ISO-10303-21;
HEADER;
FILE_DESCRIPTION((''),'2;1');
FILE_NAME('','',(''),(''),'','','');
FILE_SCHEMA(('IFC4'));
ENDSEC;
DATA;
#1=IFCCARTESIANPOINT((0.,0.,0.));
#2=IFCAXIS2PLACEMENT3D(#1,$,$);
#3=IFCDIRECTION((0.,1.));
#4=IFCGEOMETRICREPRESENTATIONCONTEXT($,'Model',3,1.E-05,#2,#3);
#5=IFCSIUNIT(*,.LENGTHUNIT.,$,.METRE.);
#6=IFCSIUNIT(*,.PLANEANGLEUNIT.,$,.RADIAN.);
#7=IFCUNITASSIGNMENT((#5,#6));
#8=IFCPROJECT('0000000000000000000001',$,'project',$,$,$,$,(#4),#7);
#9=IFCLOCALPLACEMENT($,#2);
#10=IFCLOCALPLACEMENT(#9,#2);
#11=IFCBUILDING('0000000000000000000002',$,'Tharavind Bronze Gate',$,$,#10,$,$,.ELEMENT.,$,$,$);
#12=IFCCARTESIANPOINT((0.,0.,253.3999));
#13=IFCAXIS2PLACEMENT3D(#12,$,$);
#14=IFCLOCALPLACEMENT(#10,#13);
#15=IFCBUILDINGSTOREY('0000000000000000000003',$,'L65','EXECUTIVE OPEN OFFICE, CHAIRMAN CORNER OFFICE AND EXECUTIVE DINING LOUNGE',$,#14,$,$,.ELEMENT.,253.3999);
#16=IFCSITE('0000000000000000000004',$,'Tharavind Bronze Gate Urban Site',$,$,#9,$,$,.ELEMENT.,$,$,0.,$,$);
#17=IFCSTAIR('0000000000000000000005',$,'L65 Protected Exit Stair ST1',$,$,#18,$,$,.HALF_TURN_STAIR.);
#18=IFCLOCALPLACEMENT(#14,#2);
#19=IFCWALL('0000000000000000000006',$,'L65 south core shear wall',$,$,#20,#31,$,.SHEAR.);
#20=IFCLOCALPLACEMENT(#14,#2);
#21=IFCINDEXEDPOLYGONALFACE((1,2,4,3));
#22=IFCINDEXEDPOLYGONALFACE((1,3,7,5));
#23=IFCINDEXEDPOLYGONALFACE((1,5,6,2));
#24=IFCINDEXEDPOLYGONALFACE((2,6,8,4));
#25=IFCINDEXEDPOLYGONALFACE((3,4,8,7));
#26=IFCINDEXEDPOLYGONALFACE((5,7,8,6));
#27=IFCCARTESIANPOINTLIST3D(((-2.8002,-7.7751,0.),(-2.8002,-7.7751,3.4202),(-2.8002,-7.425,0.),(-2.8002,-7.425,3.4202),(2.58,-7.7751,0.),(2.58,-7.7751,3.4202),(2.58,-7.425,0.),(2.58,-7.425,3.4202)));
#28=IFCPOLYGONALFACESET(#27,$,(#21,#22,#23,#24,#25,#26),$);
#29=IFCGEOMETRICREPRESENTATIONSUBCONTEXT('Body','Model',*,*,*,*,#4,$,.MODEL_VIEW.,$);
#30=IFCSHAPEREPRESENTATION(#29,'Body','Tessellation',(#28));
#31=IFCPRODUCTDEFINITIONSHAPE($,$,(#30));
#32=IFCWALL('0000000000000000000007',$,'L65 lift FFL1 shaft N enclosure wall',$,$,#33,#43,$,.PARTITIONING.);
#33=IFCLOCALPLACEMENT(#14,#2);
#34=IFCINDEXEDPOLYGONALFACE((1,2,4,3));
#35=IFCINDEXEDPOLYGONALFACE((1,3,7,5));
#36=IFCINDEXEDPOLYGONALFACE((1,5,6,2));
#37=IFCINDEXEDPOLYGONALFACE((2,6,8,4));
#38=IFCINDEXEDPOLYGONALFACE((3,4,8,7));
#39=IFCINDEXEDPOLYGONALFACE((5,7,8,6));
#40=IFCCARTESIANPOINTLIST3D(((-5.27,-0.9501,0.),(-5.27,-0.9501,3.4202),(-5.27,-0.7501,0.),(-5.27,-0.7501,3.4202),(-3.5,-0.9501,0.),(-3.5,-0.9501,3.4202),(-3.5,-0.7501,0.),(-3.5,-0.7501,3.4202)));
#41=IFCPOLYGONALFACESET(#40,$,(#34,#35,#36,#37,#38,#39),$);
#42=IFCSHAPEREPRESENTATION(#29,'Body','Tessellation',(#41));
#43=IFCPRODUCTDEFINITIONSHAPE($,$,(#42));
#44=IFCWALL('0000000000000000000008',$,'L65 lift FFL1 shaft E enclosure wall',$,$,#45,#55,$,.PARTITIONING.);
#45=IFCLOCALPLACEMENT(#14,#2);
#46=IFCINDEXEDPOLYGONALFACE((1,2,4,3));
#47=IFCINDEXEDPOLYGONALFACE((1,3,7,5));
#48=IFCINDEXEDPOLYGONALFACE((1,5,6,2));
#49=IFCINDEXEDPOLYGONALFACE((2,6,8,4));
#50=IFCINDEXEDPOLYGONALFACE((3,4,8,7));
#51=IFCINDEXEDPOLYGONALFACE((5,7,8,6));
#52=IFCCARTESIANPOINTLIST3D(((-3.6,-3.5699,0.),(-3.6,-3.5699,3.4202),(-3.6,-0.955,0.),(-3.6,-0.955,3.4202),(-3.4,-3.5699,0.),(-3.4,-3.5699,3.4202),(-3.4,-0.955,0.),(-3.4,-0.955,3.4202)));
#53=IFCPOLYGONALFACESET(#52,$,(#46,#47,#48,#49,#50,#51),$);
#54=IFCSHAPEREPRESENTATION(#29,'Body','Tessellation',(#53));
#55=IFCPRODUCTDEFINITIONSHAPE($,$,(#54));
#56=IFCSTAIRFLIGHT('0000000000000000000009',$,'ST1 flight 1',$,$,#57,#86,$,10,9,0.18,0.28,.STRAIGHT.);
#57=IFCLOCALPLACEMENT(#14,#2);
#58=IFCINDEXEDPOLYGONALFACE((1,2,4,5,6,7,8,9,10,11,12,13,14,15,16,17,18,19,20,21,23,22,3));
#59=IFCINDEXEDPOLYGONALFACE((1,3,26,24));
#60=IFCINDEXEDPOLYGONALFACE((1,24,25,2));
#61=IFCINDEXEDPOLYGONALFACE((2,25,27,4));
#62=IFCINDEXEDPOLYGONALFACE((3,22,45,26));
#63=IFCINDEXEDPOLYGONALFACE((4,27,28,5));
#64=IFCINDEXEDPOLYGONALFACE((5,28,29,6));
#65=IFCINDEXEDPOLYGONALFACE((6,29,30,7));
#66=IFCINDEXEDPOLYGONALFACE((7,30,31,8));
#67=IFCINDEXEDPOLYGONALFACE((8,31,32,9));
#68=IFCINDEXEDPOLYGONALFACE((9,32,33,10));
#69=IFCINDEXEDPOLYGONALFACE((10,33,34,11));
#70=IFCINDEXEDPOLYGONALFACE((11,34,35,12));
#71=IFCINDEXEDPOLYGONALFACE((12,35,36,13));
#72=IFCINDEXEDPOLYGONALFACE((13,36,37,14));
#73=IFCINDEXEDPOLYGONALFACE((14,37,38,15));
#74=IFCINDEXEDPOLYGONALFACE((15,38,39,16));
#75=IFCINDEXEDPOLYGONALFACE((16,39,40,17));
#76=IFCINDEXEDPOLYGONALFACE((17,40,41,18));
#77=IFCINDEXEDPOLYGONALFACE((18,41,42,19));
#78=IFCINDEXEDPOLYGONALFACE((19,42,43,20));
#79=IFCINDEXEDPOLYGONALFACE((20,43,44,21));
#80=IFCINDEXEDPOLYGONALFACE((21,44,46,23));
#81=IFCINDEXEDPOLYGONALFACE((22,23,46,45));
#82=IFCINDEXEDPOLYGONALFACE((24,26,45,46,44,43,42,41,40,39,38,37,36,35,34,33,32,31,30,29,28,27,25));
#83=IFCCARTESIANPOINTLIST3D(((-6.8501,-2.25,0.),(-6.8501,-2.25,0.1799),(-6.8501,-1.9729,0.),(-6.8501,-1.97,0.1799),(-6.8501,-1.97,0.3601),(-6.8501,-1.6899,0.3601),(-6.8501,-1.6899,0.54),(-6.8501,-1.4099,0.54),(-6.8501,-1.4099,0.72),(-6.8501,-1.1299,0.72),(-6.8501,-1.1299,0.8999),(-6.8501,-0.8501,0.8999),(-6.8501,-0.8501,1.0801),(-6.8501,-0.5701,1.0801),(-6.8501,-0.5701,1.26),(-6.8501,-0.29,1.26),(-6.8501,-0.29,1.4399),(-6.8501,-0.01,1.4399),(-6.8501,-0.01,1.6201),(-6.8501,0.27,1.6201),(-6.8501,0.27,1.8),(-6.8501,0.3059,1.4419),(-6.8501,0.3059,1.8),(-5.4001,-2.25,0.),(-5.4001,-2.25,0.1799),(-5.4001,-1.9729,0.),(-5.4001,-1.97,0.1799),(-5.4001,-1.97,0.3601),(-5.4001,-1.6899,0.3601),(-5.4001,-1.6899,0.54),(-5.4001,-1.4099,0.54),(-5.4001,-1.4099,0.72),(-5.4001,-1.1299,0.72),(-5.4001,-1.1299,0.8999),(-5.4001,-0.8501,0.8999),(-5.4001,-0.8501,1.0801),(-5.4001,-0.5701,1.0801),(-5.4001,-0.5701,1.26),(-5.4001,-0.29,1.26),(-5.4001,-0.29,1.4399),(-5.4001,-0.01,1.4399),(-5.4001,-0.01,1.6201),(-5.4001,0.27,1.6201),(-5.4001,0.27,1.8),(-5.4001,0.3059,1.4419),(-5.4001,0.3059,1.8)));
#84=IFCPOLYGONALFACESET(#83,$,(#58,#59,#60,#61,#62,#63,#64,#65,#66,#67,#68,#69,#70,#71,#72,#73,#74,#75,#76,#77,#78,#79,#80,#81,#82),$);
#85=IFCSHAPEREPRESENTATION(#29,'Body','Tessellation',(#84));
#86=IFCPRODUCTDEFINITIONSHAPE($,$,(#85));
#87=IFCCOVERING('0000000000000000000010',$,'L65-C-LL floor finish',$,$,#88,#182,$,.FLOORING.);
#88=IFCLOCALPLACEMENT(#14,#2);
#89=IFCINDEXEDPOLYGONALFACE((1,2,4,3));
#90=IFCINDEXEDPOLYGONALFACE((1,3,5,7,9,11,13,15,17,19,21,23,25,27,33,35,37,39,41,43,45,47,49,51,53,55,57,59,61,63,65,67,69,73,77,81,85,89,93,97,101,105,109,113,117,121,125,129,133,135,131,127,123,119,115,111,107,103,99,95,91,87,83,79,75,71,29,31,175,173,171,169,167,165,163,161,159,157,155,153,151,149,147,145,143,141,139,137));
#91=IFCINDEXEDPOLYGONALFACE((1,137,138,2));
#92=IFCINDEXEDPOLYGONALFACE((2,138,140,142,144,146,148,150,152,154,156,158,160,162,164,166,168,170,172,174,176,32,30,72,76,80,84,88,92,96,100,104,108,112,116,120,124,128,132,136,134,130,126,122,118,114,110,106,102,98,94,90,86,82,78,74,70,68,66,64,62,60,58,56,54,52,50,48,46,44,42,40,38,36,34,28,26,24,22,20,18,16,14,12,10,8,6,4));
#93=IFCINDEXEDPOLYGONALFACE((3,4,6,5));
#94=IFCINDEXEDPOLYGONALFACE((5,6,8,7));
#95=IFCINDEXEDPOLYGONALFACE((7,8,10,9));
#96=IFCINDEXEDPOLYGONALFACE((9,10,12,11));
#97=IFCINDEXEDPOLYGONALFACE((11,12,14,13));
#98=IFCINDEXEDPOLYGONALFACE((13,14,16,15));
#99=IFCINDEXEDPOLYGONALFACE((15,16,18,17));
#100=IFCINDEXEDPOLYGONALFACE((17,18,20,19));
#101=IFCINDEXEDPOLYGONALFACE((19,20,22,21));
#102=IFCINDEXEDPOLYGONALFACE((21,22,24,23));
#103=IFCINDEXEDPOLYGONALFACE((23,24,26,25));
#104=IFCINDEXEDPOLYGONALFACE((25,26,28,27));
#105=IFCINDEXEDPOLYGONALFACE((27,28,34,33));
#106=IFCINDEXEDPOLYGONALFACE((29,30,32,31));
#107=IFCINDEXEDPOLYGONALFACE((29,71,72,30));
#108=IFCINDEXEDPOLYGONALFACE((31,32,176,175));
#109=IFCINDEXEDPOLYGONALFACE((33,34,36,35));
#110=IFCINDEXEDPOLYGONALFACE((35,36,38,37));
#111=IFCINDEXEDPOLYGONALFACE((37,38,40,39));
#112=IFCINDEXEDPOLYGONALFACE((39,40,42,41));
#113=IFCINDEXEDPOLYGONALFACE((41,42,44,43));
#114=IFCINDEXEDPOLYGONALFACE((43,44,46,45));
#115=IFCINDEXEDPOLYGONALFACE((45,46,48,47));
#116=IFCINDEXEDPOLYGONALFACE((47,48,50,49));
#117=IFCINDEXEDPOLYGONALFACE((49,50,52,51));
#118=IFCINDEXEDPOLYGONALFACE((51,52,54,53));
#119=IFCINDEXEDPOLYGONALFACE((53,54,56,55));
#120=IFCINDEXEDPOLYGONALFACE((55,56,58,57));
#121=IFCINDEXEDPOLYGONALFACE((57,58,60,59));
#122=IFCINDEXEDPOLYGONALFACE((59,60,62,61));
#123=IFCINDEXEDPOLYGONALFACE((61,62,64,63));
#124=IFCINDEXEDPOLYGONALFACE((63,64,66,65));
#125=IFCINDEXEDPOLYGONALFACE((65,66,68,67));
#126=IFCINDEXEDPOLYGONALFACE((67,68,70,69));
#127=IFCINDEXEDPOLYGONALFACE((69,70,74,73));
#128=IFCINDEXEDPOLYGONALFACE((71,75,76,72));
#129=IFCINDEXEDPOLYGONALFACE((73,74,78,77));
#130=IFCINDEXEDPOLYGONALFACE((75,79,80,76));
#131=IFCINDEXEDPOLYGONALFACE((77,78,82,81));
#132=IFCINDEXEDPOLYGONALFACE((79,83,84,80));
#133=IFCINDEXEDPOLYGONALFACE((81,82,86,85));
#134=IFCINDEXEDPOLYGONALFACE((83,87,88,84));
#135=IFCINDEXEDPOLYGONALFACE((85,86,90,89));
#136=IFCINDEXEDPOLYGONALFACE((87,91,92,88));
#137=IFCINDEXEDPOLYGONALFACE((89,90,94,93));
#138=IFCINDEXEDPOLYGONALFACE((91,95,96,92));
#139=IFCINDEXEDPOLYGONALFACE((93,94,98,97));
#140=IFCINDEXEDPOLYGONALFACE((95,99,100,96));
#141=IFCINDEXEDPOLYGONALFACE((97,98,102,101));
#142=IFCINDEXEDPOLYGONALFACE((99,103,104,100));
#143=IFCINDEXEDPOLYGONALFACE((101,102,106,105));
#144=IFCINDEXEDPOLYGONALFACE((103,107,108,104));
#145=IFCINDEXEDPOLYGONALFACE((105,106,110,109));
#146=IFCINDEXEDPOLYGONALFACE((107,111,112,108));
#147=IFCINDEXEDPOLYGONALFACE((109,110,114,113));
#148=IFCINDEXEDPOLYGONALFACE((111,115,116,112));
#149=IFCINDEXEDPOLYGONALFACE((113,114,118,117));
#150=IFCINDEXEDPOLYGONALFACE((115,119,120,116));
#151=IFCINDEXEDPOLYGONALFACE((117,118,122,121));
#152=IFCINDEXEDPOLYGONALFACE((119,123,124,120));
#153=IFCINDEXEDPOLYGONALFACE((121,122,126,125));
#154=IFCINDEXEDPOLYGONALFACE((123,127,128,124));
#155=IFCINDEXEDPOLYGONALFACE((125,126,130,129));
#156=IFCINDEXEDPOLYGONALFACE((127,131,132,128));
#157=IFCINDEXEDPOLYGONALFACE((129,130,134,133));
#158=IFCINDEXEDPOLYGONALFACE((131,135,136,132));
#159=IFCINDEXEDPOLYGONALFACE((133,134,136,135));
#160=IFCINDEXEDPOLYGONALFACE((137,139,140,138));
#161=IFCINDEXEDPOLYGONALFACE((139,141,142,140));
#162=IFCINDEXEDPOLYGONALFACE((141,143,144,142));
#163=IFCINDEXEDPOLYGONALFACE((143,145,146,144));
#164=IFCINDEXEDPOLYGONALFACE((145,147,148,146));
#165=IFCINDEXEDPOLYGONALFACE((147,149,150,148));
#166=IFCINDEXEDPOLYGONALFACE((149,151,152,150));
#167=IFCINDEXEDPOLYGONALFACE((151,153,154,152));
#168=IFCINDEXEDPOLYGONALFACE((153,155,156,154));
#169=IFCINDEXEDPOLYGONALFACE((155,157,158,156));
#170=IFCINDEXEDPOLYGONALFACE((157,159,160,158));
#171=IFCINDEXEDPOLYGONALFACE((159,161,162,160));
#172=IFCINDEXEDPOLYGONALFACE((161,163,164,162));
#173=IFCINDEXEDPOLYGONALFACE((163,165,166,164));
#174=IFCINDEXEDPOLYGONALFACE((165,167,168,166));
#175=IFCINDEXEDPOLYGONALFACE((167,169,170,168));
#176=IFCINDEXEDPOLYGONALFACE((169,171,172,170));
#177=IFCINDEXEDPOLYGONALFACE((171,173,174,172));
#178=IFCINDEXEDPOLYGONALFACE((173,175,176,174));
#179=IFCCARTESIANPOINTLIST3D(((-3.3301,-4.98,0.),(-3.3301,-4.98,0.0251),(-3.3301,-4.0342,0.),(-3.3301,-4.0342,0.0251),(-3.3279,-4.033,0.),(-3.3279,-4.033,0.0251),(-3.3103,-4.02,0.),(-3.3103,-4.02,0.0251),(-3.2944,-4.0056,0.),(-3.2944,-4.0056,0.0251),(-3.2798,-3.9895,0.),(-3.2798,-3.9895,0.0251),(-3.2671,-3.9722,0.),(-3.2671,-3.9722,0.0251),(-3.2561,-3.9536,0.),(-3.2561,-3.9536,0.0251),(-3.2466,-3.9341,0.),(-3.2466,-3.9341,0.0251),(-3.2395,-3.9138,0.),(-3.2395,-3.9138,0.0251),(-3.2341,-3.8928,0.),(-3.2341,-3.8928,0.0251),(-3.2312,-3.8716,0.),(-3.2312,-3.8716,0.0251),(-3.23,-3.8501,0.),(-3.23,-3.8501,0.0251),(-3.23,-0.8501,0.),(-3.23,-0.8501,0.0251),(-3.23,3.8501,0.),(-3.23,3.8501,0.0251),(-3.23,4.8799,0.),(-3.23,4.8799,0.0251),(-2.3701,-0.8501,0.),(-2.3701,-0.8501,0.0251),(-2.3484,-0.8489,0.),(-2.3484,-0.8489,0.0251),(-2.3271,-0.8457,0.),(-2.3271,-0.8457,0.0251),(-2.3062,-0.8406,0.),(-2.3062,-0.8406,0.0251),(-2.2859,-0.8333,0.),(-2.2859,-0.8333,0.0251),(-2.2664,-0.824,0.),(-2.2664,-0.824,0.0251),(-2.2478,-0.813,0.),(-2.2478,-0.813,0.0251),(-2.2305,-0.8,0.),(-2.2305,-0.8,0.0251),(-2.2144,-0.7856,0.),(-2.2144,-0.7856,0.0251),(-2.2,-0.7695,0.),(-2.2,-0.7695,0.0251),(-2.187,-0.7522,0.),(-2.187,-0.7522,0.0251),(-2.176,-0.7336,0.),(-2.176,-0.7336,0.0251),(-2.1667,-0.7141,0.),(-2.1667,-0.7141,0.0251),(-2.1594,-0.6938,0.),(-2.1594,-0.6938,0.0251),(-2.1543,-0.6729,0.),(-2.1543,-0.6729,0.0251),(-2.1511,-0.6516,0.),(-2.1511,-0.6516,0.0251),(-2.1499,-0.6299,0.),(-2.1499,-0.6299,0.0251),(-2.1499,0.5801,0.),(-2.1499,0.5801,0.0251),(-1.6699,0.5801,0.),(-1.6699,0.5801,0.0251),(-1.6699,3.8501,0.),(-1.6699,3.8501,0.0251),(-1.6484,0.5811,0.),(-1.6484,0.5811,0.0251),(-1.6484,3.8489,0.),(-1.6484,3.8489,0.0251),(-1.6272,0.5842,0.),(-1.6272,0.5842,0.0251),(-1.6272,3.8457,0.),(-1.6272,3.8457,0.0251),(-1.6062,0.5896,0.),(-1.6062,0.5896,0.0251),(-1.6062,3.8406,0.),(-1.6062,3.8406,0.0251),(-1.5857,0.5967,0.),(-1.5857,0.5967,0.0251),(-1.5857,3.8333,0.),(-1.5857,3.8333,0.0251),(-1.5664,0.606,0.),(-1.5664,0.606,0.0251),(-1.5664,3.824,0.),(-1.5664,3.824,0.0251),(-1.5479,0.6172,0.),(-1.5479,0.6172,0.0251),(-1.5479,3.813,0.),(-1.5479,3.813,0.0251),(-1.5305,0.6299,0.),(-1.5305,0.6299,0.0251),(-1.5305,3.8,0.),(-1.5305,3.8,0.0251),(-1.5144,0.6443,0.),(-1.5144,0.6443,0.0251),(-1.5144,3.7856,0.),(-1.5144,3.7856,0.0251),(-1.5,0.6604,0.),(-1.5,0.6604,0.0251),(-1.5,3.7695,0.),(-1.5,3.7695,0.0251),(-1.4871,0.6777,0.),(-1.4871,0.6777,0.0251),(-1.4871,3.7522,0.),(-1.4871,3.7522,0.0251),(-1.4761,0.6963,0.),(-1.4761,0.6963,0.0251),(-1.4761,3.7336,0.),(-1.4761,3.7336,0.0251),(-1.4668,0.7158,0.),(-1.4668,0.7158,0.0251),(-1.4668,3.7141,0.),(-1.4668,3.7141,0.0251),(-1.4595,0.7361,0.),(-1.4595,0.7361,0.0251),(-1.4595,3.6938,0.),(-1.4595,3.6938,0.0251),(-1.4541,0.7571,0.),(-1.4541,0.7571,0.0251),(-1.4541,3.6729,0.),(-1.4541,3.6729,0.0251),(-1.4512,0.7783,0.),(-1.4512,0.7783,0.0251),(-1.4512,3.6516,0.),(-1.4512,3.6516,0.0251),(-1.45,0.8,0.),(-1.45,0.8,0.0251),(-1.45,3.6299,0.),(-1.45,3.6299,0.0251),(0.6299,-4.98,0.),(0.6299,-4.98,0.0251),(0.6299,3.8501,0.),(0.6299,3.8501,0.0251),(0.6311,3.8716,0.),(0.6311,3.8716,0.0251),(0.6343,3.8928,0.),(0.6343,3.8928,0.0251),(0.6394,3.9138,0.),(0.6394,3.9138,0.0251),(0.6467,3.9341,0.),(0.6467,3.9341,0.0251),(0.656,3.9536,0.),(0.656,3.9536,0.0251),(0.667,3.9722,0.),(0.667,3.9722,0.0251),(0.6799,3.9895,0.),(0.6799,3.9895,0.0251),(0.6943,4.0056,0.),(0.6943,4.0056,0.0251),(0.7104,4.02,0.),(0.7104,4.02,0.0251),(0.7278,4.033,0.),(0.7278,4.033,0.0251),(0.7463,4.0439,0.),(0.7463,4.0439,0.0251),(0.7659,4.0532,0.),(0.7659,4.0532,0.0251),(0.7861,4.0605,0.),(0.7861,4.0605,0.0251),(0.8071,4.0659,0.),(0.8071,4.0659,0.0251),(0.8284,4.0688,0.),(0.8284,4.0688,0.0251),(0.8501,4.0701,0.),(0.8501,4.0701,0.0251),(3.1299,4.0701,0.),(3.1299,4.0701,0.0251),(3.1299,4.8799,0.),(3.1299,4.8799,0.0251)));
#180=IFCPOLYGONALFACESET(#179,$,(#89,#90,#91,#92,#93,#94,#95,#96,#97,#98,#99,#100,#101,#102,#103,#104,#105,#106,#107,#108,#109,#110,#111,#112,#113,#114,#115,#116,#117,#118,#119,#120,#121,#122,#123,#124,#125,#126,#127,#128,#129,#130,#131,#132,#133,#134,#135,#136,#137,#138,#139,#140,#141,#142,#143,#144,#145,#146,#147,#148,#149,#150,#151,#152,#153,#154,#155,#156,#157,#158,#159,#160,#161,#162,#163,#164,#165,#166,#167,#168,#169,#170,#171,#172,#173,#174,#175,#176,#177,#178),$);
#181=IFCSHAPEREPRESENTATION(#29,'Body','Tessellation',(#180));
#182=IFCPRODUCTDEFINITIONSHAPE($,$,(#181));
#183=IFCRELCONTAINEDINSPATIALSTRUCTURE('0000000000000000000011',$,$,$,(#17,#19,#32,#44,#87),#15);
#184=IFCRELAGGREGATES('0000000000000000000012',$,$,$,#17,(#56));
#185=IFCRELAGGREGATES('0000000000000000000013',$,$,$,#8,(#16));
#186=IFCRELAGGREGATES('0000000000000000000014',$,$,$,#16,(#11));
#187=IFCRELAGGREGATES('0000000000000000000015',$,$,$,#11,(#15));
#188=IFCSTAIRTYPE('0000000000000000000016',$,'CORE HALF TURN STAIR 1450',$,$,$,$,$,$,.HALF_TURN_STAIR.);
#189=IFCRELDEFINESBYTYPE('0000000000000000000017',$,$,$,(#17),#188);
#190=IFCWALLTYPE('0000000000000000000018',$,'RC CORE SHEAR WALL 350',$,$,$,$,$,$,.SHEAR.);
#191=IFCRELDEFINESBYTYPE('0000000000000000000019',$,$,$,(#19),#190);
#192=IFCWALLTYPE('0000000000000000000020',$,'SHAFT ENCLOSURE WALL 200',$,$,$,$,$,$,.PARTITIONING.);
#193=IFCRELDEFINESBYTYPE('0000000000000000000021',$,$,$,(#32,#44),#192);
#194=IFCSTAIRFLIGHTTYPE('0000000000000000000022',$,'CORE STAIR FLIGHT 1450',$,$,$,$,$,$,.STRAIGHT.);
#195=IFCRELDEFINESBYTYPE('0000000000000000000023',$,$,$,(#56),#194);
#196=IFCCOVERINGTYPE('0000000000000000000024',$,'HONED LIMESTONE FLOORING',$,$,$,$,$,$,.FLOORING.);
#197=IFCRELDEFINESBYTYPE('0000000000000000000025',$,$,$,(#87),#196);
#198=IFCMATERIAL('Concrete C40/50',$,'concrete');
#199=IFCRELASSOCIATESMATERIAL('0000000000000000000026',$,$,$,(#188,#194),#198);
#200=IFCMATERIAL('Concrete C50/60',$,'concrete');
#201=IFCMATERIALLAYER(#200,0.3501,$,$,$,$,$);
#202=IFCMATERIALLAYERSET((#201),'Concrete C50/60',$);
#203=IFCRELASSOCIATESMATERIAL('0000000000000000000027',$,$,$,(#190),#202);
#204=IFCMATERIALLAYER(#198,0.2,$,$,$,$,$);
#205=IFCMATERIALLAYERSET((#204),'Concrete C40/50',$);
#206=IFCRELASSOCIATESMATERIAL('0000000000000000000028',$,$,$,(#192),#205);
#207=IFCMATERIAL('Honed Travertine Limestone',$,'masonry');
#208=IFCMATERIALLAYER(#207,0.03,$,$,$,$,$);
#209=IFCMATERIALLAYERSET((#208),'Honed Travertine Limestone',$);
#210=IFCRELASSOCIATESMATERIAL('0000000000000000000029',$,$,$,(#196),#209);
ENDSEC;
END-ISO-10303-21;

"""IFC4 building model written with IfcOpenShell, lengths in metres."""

from ifc_helpers import new_model, si_unit, direction, frame, frame_2d, origin, place, context, subcontext, project, spatial, polyline, rectangle, outline, extrude, material, layer, layer_set, type_object, element, aggregate, save


model = new_model("IFC4")

# Units and contexts
model_context = context("Model", 3, precision=1e-05, world=origin(), true_north=direction((0.0, 1.0)))
body_context = subcontext(model_context, "Body", "Model", "MODEL_VIEW")
ifc_project = project(units=[si_unit("LENGTHUNIT", "METRE"), si_unit("PLANEANGLEUNIT", "RADIAN")], contexts=[model_context])

# Site, building, storey
site_placement = place(None, origin())
site = spatial("IfcSite", under=ifc_project, at=site_placement, Name="Tharavind Bronze Gate Urban Site", CompositionType="ELEMENT", RefElevation=0.0)
building_placement = place(site_placement, origin())
building = spatial("IfcBuilding", under=site, at=building_placement, Name="Tharavind Bronze Gate", CompositionType="ELEMENT")
storey_placement = place(building_placement, frame((0.0, 0.0, 253.3999)))
storey = spatial("IfcBuildingStorey", under=building, at=storey_placement, Name="L65", Description="EXECUTIVE OPEN OFFICE, CHAIRMAN CORNER OFFICE AND EXECUTIVE DINING LOUNGE", CompositionType="ELEMENT", Elevation=253.3999)

# Shared definitions
ifc_material_1 = material(Name="Concrete C50/60", Category="concrete")

# Shared definitions
ifc_material_2 = material(Name="Concrete C40/50", Category="concrete")

# Stair
stair_type = type_object("IfcStairType", Name="CORE HALF TURN STAIR 1450", PredefinedType="HALF_TURN_STAIR", material=ifc_material_2)
stair_1_placement = place(storey_placement, origin())
stair_1 = element("IfcStair", 1, at=stair_1_placement, inside=storey, type_object=stair_type, Name="L65 Protected Exit Stair ST1", PredefinedType="HALF_TURN_STAIR")

# Walls
ifc_layer_1 = layer(ifc_material_1, 0.3501)
ifc_layer_set_1 = layer_set([ifc_layer_1], Name="Concrete C50/60")
wall_type_1 = type_object("IfcWallType", Name="RC CORE SHEAR WALL 350", PredefinedType="SHEAR", material=ifc_layer_set_1)
wall_1_placement = place(storey_placement, frame((-2.8, -7.6001, 0.0), z_axis=(0.0, 0.0, 1.0), x_axis=(1.0, 0.0, 0.0)))
element("IfcWall", 2, at=wall_1_placement, inside=storey, type_object=wall_type_1, Name="L65 south core shear wall", PredefinedType="SHEAR", context=body_context, shape_type="SweptSolid", body=[
    extrude(rectangle(XDim=5.3801, YDim=0.3501, at=frame_2d((2.6899, 0.0))), origin(), (0.0, 0.0, 1.0), 3.4202),
])
ifc_layer_2 = layer(ifc_material_2, 0.2)
ifc_layer_set_2 = layer_set([ifc_layer_2], Name="Concrete C40/50")
wall_type_2 = type_object("IfcWallType", Name="SHAFT ENCLOSURE WALL 200", PredefinedType="PARTITIONING", material=ifc_layer_set_2)
wall_2_placement = place(storey_placement, frame((-5.27, -0.8501, 0.0), z_axis=(0.0, 0.0, 1.0), x_axis=(1.0, 0.0, 0.0)))
element("IfcWall", 3, at=wall_2_placement, inside=storey, type_object=wall_type_2, Name="L65 lift FFL1 shaft N enclosure wall", PredefinedType="PARTITIONING", context=body_context, shape_type="SweptSolid", body=[
    extrude(rectangle(XDim=1.77, YDim=0.2, at=frame_2d((0.885, 0.0))), origin(), (0.0, 0.0, 1.0), 3.4202),
])
wall_3_placement = place(storey_placement, frame((-3.5, -3.5701, 0.0), z_axis=(0.0, 0.0, 1.0), x_axis=(0.0, 1.0, 0.0)))
element("IfcWall", 4, at=wall_3_placement, inside=storey, type_object=wall_type_2, Name="L65 lift FFL1 shaft E enclosure wall", PredefinedType="PARTITIONING", context=body_context, shape_type="SweptSolid", body=[
    extrude(rectangle(XDim=2.615, YDim=0.2, at=frame_2d((1.3076, 0.0))), origin(), (0.0, 0.0, 1.0), 3.4202),
])

# Stair flight
stair_flight_type = type_object("IfcStairFlightType", Name="CORE STAIR FLIGHT 1450", PredefinedType="STRAIGHT", material=ifc_material_2)
stair_flight_placement = place(storey_placement, frame((-6.125, -2.25, 0.0), z_axis=(0.0, 0.0, 1.0), x_axis=(0.0, 1.0, 0.0)))
stair_flight = element("IfcStairFlight", 5, at=stair_flight_placement, type_object=stair_flight_type, Name="ST1 flight 1", NumberOfRisers=10, NumberOfTreads=9, PredefinedType="STRAIGHT", RiserHeight=0.18, TreadLength=0.28, context=body_context, shape_type="SweptSolid", body=[
    extrude(outline(polyline([(0.0, 0.0), (0.0, 0.1799), (0.28, 0.1799), (0.28, 0.3601), (0.5601, 0.3601), (0.5601, 0.54), (0.8401, 0.54), (0.8401, 0.72), (1.1201, 0.72), (1.1201, 0.8999), (1.3999, 0.8999), (1.3999, 1.0801), (1.6799, 1.0801), (1.6799, 1.26), (1.96, 1.26), (1.96, 1.4399), (2.24, 1.4399), (2.24, 1.6201), (2.52, 1.6201), (2.52, 1.8), (2.5559, 1.8), (2.5559, 1.4419), (0.2771, 0.0), (0.0, 0.0)])), frame((0.0, 0.7251, 0.0), z_axis=(0.0, -1.0, 0.0), x_axis=(1.0, 0.0, 0.0)), (0.0, 0.0, 1.0), 1.45),
])
aggregate(stair_1, [stair_flight])

# Covering
ifc_material_3 = material(Name="Honed Travertine Limestone", Category="masonry")
ifc_layer_3 = layer(ifc_material_3, 0.03)
ifc_layer_set_3 = layer_set([ifc_layer_3], Name="Honed Travertine Limestone")
covering_type = type_object("IfcCoveringType", Name="HONED LIMESTONE FLOORING", PredefinedType="FLOORING", material=ifc_layer_set_3)
covering_placement = place(storey_placement, origin())
element("IfcCovering", 6, at=covering_placement, inside=storey, type_object=covering_type, Name="L65-C-LL floor finish", PredefinedType="FLOORING", context=body_context, shape_type="SweptSolid", body=[
    extrude(outline(polyline([(-3.3301, -4.98), (0.6299, -4.98), (0.6299, 3.8501), (0.6311, 3.8716), (0.6343, 3.8928), (0.6394, 3.9138), (0.6467, 3.9341), (0.656, 3.9536), (0.667, 3.9722), (0.6799, 3.9895), (0.6943, 4.0056), (0.7104, 4.02), (0.7278, 4.033), (0.7463, 4.0439), (0.7659, 4.0532), (0.7861, 4.0605), (0.8071, 4.0659), (0.8284, 4.0688), (0.8501, 4.0701), (3.1299, 4.0701), (3.1299, 4.8799), (-3.23, 4.8799), (-3.23, 3.8501), (-1.6699, 3.8501), (-1.6484, 3.8489), (-1.6272, 3.8457), (-1.6062, 3.8406), (-1.5857, 3.8333), (-1.5664, 3.824), (-1.5479, 3.813), (-1.5305, 3.8), (-1.5144, 3.7856), (-1.5, 3.7695), (-1.4871, 3.7522), (-1.4761, 3.7336), (-1.4668, 3.7141), (-1.4595, 3.6938), (-1.4541, 3.6729), (-1.4512, 3.6516), (-1.45, 3.6299), (-1.45, 0.8), (-1.4512, 0.7783), (-1.4541, 0.7571), (-1.4595, 0.7361), (-1.4668, 0.7158), (-1.4761, 0.6963), (-1.4871, 0.6777), (-1.5, 0.6604), (-1.5144, 0.6443), (-1.5305, 0.6299), (-1.5479, 0.6172), (-1.5664, 0.606), (-1.5857, 0.5967), (-1.6062, 0.5896), (-1.6272, 0.5842), (-1.6484, 0.5811), (-1.6699, 0.5801), (-2.1499, 0.5801), (-2.1499, -0.6299), (-2.1511, -0.6516), (-2.1543, -0.6729), (-2.1594, -0.6938), (-2.1667, -0.7141), (-2.176, -0.7336), (-2.187, -0.7522), (-2.2, -0.7695), (-2.2144, -0.7856), (-2.2305, -0.8), (-2.2478, -0.813), (-2.2664, -0.824), (-2.2859, -0.8333), (-2.3062, -0.8406), (-2.3271, -0.8457), (-2.3484, -0.8489), (-2.3701, -0.8501), (-3.23, -0.8501), (-3.23, -3.8501), (-3.2312, -3.8716), (-3.2341, -3.8928), (-3.2395, -3.9138), (-3.2466, -3.9341), (-3.2561, -3.9536), (-3.2671, -3.9722), (-3.2798, -3.9895), (-3.2944, -4.0056), (-3.3103, -4.02), (-3.3279, -4.033), (-3.3301, -4.0342), (-3.3301, -4.98)])), origin(), (0.0, 0.0, 1.0), 0.0251),
])

save(model, "model.ifc")
